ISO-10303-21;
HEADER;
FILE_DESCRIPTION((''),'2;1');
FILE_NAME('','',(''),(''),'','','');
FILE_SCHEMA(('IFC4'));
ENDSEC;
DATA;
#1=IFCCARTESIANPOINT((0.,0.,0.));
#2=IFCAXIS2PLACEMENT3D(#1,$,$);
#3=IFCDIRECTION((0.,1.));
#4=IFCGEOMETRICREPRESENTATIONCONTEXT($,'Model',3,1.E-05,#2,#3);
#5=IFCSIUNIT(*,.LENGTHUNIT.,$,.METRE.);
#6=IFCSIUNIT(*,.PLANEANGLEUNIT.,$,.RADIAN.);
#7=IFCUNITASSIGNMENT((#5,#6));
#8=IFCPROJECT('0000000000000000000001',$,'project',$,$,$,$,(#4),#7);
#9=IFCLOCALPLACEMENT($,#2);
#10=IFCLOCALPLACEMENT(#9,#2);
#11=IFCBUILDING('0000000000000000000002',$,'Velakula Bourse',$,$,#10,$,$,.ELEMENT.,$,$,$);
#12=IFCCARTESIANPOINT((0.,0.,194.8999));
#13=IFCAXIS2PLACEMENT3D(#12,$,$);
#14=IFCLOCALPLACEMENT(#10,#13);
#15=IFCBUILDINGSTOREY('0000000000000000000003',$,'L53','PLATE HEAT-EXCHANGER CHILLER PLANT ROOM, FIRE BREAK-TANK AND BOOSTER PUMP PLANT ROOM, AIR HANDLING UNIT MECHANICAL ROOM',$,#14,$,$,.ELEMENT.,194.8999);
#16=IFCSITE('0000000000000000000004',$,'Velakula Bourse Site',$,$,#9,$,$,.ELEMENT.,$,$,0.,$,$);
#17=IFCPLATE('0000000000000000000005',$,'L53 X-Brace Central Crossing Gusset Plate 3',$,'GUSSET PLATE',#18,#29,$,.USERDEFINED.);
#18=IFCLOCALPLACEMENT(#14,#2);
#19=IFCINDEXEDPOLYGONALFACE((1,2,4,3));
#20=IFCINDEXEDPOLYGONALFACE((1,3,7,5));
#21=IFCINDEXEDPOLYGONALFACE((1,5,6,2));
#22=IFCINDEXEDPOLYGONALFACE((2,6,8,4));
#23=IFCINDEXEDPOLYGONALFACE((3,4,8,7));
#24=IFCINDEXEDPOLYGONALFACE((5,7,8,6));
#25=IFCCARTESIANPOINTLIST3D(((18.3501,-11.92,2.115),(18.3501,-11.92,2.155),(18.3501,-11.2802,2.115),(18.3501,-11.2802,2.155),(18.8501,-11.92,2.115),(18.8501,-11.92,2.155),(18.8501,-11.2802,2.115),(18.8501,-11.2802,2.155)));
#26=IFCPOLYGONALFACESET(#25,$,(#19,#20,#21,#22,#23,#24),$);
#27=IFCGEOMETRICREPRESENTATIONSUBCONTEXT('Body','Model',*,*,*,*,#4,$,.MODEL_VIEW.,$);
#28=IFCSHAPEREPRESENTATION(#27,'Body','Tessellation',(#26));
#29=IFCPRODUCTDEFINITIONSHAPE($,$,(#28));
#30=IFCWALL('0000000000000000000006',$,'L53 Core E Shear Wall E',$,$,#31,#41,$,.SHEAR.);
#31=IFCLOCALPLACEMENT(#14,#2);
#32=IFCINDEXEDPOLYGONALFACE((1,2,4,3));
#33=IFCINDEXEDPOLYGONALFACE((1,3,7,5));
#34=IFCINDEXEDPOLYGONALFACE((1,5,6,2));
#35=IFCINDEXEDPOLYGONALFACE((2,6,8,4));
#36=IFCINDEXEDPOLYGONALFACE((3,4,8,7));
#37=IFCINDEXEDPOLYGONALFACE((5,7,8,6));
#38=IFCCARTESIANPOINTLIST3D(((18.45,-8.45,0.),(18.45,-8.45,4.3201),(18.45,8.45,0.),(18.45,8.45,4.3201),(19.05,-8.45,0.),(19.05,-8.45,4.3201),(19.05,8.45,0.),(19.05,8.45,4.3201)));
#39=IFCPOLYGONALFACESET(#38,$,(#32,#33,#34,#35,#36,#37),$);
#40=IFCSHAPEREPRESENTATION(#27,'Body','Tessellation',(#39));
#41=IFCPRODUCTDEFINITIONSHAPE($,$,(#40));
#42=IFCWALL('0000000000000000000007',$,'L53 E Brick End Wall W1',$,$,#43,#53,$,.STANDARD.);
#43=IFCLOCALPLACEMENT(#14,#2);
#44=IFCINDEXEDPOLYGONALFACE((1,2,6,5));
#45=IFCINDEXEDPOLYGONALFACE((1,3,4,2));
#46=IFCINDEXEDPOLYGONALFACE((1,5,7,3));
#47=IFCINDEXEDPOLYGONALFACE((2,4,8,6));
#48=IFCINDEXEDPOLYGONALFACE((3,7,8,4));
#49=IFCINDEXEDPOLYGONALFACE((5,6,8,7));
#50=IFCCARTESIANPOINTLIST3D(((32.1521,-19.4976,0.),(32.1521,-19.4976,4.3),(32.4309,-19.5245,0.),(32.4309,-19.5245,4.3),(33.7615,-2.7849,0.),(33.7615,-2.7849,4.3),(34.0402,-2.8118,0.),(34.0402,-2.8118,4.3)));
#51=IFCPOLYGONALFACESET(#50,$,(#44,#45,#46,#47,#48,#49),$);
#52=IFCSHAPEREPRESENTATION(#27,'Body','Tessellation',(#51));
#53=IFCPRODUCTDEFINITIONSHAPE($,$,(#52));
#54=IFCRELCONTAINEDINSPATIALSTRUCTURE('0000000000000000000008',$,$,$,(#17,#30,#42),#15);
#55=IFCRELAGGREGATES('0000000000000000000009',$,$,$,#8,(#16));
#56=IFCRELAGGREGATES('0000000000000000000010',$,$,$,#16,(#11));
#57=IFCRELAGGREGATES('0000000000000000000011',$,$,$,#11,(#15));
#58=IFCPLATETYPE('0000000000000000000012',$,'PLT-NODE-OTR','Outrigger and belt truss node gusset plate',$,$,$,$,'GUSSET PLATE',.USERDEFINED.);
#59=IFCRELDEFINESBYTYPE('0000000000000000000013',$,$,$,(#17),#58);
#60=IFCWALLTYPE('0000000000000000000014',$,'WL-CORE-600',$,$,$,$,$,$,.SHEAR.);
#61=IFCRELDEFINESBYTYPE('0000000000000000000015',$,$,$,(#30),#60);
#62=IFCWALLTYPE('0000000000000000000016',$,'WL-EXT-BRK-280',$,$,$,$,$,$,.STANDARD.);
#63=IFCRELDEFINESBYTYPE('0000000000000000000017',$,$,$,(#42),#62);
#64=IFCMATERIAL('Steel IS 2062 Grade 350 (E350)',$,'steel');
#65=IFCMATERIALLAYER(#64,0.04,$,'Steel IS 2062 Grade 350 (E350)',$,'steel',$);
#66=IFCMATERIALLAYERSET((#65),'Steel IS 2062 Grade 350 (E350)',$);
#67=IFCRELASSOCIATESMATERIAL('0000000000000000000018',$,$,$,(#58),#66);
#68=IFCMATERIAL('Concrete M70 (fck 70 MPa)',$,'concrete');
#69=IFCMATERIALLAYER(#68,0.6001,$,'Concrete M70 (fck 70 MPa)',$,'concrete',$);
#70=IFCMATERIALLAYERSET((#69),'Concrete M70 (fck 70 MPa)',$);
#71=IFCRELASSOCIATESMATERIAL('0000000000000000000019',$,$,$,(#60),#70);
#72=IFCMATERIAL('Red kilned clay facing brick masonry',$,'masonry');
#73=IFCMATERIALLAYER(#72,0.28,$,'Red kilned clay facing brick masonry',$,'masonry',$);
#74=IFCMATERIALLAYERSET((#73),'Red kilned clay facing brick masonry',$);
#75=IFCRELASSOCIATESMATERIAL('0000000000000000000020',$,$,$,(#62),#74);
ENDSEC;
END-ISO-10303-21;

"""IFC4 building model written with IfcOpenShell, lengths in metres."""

from ifc_helpers import new_model, si_unit, direction, frame, frame_2d, origin, origin_2d, place, context, subcontext, project, spatial, rectangle, extrude, material, layer, layer_set, type_object, element, save


model = new_model("IFC4")

# Units and contexts
model_context = context("Model", 3, precision=1e-05, world=origin(), true_north=direction((0.0, 1.0)))
body_context = subcontext(model_context, "Body", "Model", "MODEL_VIEW")
ifc_project = project(units=[si_unit("LENGTHUNIT", "METRE"), si_unit("PLANEANGLEUNIT", "RADIAN")], contexts=[model_context])

# Site, building, storey
site_placement = place(None, origin())
site = spatial("IfcSite", under=ifc_project, at=site_placement, Name="Velakula Bourse Site", CompositionType="ELEMENT", RefElevation=0.0)
building_placement = place(site_placement, origin())
building = spatial("IfcBuilding", under=site, at=building_placement, Name="Velakula Bourse", CompositionType="ELEMENT")
storey_placement = place(building_placement, frame((0.0, 0.0, 194.8999)))
storey = spatial("IfcBuildingStorey", under=building, at=storey_placement, Name="L53", Description="PLATE HEAT-EXCHANGER CHILLER PLANT ROOM, FIRE BREAK-TANK AND BOOSTER PUMP PLANT ROOM, AIR HANDLING UNIT MECHANICAL ROOM", CompositionType="ELEMENT", Elevation=194.8999)

# Shared definitions
ifc_material_1 = material(Name="Concrete M70 (fck 70 MPa)", Category="concrete")
ifc_material_2 = material(Name="Steel IS 2062 Grade 350 (E350)", Category="steel")

# Plate
ifc_layer_1 = layer(ifc_material_2, 0.04, Name="Steel IS 2062 Grade 350 (E350)", Category="steel")
ifc_layer_set_1 = layer_set([ifc_layer_1], Name="Steel IS 2062 Grade 350 (E350)")
plate_type_1 = type_object("IfcPlateType", Name="PLT-NODE-OTR", Description="Outrigger and belt truss node gusset plate", ElementType="GUSSET PLATE", PredefinedType="USERDEFINED", material=ifc_layer_set_1)
plate_placement = place(storey_placement, frame((18.6001, -11.6001, 2.115), z_axis=(0.0, 0.0, 1.0), x_axis=(0.0, -1.0, 0.0)))
element("IfcPlate", 1, at=plate_placement, inside=storey, type_object=plate_type_1, Name="L53 X-Brace Central Crossing Gusset Plate 3", ObjectType="GUSSET PLATE", PredefinedType="USERDEFINED", context=body_context, shape_type="SweptSolid", body=[
    extrude(rectangle(XDim=0.6399, YDim=0.5, at=origin_2d()), origin(), (0.0, 0.0, 1.0), 0.04),
])

# Walls
ifc_layer_2 = layer(ifc_material_1, 0.6001, Name="Concrete M70 (fck 70 MPa)", Category="concrete")
ifc_layer_set_2 = layer_set([ifc_layer_2], Name="Concrete M70 (fck 70 MPa)")
wall_type_1 = type_object("IfcWallType", Name="WL-CORE-600", PredefinedType="SHEAR", material=ifc_layer_set_2)
wall_1_placement = place(storey_placement, frame((18.75, -8.45, 0.0), z_axis=(0.0, 0.0, 1.0), x_axis=(0.0, 1.0, 0.0)))
element("IfcWall", 2, at=wall_1_placement, inside=storey, type_object=wall_type_1, Name="L53 Core E Shear Wall E", PredefinedType="SHEAR", context=body_context, shape_type="SweptSolid", body=[
    extrude(rectangle(XDim=16.8999, YDim=0.6001, at=frame_2d((8.45, 0.0))), origin(), (0.0, 0.0, 1.0), 4.3201),
])
ifc_material_3 = material(Name="Red kilned clay facing brick masonry", Category="masonry")
ifc_layer_3 = layer(ifc_material_3, 0.28, Name="Red kilned clay facing brick masonry", Category="masonry")
ifc_layer_set_3 = layer_set([ifc_layer_3], Name="Red kilned clay facing brick masonry")
wall_type_2 = type_object("IfcWallType", Name="WL-EXT-BRK-280", PredefinedType="STANDARD", material=ifc_layer_set_3)
wall_2_placement = place(storey_placement, frame((33.9009, -2.7983, 0.0), z_axis=(0.0, 0.0, 1.0), x_axis=(-0.095853, -0.995395, 0.0)))
element("IfcWall", 3, at=wall_2_placement, inside=storey, type_object=wall_type_2, Name="L53 E Brick End Wall W1", PredefinedType="STANDARD", context=body_context, shape_type="SweptSolid", body=[
    extrude(rectangle(XDim=16.79, YDim=0.28, at=frame_2d((8.395, 0.0))), origin(), (0.0, 0.0, 1.0), 4.3),
])

save(model, "model.ifc")
